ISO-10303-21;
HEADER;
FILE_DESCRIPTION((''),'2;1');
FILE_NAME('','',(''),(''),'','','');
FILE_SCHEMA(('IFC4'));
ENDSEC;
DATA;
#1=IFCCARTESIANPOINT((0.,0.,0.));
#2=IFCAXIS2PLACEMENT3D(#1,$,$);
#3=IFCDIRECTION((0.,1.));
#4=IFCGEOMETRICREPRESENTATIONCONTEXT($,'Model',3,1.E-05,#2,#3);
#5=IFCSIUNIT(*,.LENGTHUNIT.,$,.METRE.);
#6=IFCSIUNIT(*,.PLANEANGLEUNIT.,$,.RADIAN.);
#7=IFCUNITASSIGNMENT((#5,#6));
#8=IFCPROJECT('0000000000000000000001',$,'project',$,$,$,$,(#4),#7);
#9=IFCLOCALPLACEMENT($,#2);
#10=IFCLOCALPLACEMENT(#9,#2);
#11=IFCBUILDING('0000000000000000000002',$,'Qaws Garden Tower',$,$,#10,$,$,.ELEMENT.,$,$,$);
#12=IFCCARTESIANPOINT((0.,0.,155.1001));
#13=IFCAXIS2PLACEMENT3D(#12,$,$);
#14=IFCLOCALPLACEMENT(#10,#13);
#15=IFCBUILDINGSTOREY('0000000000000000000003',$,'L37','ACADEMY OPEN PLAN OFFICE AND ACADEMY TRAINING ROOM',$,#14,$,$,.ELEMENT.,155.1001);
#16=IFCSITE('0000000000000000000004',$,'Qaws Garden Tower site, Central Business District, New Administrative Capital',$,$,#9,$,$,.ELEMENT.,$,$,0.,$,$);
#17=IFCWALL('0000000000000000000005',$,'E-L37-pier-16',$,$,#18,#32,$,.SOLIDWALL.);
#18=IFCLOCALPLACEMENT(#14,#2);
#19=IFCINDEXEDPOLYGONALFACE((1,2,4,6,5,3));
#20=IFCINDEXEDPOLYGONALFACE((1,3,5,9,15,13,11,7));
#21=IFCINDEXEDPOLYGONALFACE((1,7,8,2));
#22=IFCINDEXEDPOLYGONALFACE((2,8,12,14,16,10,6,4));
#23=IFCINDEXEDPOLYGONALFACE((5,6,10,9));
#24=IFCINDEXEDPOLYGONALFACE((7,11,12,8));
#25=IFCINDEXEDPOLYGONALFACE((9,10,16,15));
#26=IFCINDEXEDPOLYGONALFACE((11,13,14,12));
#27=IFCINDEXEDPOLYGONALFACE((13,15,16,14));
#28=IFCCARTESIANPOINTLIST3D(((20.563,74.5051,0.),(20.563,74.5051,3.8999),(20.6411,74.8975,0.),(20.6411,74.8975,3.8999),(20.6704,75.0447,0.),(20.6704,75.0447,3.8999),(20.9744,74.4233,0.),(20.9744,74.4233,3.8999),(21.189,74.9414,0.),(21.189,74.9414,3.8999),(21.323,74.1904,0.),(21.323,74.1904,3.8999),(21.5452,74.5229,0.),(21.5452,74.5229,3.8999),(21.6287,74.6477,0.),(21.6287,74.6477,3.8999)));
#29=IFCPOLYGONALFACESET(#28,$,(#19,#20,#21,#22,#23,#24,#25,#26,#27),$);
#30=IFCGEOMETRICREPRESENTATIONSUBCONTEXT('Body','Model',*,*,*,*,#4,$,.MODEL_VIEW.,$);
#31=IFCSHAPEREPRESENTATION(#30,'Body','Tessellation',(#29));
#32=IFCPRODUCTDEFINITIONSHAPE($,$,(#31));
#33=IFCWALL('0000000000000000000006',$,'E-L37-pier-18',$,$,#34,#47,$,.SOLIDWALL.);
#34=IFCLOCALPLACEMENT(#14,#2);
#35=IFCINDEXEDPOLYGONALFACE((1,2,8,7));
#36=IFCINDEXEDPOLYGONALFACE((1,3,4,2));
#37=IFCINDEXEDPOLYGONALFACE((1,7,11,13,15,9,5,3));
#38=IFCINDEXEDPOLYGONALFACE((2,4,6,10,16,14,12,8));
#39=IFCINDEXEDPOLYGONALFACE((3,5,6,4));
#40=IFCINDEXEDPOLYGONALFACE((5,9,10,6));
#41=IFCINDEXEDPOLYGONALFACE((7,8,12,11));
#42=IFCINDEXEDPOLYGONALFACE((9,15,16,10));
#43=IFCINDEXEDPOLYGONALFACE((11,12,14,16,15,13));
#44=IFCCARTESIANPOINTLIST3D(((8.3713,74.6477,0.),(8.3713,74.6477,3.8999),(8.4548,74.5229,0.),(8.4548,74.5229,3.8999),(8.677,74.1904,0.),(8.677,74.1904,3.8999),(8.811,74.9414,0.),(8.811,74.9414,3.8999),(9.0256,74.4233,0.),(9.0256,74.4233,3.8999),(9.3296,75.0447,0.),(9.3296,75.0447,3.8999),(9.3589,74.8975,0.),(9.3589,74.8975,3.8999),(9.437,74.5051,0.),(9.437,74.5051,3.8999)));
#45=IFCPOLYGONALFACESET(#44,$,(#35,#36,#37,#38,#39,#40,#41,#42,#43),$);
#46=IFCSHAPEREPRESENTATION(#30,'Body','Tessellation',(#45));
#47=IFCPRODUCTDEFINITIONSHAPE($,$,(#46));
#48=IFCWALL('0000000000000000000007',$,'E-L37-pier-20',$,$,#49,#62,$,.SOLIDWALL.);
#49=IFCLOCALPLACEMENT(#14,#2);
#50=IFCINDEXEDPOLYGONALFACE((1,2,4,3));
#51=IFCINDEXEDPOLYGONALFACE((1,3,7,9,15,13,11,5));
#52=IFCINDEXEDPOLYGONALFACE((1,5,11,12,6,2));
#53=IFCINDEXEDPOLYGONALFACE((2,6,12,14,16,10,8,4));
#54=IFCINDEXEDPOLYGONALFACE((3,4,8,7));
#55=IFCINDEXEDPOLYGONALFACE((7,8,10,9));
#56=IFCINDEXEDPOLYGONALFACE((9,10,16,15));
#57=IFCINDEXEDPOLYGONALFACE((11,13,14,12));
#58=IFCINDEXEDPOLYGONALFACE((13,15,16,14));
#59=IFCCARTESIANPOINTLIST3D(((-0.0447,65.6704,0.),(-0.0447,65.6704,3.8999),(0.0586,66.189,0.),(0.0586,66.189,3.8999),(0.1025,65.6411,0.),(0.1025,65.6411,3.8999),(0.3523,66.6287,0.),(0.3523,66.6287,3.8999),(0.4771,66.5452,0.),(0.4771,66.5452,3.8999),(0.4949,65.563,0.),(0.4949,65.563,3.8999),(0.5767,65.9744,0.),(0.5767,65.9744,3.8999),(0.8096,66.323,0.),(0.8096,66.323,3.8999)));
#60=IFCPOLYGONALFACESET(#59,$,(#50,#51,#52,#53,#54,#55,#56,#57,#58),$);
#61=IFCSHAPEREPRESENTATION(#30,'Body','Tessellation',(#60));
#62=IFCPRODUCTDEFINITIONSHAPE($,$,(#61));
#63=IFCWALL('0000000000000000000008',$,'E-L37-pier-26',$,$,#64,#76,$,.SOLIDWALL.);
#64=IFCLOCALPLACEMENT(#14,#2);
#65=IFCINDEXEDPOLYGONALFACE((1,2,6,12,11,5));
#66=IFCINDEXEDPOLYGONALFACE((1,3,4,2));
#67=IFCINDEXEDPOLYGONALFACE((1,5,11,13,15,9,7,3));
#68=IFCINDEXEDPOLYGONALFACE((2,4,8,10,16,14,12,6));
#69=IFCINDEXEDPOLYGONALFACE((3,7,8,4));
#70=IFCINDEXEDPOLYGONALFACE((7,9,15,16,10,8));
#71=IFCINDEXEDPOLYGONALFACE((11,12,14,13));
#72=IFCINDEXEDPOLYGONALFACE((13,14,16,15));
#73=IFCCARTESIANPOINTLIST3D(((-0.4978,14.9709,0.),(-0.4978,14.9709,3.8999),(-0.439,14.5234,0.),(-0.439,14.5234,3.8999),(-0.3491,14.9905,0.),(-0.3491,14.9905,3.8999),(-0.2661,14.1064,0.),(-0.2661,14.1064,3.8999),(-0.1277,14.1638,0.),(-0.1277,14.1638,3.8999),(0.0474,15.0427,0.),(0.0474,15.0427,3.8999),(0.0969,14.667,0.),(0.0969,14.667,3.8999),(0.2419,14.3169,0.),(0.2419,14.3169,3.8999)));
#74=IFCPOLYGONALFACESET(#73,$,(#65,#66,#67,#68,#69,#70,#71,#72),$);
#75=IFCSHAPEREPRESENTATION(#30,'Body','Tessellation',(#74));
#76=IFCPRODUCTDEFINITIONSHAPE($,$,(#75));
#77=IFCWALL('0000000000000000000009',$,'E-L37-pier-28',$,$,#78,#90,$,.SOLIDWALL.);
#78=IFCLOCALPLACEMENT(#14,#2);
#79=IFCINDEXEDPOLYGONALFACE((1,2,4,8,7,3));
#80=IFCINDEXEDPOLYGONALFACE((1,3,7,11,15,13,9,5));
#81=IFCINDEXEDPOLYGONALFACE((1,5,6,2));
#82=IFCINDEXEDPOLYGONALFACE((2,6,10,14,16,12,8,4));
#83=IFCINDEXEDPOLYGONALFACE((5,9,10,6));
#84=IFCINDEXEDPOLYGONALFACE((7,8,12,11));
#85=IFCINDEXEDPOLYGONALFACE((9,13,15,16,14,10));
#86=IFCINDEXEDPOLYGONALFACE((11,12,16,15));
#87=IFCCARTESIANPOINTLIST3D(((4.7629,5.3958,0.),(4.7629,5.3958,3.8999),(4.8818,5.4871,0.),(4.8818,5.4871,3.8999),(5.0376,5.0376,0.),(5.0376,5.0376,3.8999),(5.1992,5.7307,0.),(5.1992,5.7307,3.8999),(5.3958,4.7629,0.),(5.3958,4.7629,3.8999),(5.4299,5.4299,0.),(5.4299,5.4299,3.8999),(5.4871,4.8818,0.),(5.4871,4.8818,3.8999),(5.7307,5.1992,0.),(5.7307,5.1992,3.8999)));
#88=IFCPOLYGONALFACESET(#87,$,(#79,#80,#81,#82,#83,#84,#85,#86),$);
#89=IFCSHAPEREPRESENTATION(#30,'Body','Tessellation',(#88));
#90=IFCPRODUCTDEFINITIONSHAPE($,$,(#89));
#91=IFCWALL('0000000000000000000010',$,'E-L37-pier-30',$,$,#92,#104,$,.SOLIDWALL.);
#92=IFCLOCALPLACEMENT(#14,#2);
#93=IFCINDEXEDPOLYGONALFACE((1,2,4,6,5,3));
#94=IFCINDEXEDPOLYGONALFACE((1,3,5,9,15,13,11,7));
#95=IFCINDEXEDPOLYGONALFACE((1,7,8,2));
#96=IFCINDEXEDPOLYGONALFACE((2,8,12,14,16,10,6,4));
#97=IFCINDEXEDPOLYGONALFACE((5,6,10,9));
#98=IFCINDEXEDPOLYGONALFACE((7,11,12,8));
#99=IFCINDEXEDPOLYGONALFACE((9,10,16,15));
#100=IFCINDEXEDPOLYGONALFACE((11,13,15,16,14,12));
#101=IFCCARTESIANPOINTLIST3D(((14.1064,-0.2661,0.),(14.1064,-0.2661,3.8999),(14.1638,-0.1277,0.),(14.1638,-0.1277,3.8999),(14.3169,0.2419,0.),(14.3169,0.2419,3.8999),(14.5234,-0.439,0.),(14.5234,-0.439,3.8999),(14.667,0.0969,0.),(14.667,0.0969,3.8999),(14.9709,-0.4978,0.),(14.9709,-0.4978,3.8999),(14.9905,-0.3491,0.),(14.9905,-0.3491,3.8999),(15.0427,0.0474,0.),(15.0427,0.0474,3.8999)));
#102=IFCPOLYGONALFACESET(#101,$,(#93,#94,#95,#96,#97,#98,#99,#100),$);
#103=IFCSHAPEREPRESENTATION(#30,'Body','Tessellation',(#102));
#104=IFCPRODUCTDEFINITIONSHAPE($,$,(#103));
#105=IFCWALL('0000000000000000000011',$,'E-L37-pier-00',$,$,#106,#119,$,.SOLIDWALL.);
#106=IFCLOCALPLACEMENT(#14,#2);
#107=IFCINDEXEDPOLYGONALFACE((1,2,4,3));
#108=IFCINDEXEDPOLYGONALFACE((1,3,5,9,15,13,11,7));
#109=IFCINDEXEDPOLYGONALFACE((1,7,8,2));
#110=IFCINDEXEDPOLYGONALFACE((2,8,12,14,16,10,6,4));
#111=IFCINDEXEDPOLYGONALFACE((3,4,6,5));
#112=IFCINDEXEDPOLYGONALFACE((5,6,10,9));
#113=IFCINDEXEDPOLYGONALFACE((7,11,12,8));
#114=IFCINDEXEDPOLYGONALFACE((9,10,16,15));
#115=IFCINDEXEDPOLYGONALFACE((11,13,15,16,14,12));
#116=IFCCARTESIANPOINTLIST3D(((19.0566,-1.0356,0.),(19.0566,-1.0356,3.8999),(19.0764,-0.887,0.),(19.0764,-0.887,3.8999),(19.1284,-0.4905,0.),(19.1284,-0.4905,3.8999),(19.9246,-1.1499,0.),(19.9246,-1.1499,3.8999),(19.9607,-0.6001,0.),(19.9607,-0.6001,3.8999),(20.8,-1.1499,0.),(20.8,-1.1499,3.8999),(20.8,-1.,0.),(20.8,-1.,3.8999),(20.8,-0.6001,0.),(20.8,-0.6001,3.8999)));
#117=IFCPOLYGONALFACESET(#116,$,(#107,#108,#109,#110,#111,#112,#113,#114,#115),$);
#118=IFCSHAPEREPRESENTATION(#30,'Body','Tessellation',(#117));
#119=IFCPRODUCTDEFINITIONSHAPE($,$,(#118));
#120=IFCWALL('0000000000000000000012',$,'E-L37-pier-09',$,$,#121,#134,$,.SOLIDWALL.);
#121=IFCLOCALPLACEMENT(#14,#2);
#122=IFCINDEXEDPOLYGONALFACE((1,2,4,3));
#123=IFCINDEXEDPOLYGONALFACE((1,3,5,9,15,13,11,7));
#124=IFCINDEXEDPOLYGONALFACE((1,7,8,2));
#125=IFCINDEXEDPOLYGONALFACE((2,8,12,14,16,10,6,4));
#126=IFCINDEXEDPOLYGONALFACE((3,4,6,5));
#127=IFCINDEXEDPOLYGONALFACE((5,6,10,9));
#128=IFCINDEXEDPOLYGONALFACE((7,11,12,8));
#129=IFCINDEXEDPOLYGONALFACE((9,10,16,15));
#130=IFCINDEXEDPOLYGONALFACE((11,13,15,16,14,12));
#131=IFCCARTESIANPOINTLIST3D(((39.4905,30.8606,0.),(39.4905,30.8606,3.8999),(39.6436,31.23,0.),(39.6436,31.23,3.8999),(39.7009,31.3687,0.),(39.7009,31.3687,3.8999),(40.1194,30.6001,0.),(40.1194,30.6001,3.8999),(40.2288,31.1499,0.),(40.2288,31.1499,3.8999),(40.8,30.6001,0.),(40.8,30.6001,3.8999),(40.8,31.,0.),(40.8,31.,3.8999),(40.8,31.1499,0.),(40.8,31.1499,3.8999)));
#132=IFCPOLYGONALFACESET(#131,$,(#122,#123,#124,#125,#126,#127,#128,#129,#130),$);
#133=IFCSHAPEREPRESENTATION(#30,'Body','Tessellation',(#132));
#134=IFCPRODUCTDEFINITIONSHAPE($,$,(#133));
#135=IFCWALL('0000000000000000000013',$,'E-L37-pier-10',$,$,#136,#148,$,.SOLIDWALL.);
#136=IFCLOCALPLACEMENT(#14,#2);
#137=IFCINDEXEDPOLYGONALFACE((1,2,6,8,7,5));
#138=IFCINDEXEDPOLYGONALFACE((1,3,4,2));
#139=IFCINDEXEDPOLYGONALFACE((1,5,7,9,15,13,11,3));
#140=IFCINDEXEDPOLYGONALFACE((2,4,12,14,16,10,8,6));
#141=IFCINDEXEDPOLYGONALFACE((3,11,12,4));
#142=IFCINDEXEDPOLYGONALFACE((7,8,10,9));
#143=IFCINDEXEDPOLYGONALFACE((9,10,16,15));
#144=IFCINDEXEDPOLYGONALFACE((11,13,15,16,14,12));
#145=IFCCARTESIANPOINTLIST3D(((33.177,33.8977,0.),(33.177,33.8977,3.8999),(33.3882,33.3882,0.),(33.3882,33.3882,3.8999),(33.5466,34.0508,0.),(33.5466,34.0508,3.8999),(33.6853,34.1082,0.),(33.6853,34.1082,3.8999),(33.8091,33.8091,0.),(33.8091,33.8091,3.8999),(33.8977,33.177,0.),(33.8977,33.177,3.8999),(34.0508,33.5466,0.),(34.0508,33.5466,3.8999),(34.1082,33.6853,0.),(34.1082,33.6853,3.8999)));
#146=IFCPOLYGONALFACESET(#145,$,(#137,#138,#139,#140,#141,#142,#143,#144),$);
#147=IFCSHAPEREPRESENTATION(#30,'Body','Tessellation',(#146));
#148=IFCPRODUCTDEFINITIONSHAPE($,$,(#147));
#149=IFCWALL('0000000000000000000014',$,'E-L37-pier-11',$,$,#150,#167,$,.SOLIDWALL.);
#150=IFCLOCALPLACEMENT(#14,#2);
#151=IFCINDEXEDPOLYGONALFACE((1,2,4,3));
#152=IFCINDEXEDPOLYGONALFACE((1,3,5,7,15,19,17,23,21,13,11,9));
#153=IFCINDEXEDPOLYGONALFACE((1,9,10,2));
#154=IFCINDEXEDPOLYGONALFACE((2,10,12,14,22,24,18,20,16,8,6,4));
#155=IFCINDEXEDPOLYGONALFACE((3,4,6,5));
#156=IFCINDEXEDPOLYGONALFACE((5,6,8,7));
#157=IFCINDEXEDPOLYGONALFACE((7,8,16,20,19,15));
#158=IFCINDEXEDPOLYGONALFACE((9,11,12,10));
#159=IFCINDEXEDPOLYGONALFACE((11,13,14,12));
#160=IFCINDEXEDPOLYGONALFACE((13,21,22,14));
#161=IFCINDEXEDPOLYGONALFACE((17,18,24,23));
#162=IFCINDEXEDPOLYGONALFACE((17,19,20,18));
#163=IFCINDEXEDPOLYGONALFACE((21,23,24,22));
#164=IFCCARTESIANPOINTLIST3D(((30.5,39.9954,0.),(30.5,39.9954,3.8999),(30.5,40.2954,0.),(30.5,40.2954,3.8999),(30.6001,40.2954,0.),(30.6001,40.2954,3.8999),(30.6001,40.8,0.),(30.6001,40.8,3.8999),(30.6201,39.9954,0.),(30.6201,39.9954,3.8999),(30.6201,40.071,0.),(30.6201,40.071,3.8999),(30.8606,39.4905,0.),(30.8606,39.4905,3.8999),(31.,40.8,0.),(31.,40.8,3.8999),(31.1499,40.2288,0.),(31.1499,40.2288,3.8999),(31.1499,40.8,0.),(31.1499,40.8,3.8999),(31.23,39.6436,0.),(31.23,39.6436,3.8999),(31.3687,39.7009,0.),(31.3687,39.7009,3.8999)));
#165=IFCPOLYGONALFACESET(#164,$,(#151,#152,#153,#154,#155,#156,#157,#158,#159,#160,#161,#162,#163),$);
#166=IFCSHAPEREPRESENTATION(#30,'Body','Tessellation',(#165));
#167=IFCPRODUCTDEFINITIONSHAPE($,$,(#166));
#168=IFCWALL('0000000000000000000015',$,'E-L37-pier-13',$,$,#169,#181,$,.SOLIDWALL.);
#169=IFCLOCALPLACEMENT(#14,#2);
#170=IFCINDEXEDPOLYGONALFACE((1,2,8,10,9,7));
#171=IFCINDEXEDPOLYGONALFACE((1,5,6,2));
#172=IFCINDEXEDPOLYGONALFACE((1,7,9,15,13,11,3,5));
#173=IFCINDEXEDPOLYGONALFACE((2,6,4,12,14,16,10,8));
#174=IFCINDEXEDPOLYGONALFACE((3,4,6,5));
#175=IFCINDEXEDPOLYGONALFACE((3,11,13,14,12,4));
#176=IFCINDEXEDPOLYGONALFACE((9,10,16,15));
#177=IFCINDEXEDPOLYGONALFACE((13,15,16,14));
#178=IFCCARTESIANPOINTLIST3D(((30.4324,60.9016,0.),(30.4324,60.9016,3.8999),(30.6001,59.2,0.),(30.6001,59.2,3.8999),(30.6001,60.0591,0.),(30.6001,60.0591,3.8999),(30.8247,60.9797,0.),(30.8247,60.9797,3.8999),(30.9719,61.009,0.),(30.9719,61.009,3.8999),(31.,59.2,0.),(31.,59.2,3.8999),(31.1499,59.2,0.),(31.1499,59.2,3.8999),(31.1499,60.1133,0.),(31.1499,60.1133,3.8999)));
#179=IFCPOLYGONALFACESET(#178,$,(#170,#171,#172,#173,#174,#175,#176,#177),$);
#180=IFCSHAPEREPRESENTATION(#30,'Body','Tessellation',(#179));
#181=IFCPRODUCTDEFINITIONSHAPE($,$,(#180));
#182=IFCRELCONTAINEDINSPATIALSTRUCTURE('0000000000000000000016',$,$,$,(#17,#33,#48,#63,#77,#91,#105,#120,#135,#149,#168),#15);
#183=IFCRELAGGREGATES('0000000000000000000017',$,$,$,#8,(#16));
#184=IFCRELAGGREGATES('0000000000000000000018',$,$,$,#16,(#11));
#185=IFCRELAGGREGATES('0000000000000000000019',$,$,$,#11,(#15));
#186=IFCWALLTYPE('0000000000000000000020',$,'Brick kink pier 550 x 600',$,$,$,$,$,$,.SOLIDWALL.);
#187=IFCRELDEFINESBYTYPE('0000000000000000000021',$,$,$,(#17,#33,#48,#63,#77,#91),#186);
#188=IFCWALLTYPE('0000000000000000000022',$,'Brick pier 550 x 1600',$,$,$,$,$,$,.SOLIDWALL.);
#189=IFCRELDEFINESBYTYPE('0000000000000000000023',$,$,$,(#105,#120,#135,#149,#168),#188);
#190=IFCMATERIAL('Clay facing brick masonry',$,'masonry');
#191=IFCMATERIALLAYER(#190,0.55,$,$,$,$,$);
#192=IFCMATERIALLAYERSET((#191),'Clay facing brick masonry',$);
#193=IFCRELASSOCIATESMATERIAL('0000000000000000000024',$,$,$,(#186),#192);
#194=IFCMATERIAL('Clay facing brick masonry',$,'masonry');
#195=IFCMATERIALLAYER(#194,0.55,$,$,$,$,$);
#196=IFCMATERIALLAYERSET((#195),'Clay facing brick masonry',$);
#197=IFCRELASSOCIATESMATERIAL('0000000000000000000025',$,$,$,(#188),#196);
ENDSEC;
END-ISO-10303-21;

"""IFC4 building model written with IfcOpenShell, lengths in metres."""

from ifc_helpers import new_model, si_unit, direction, frame, origin, place, context, subcontext, project, spatial, polyline, outline, extrude, material, layer, layer_set, type_object, element, save


model = new_model("IFC4")

# Units and contexts
model_context = context("Model", 3, precision=1e-05, world=origin(), true_north=direction((0.0, 1.0)))
body_context = subcontext(model_context, "Body", "Model", "MODEL_VIEW")
ifc_project = project(units=[si_unit("LENGTHUNIT", "METRE"), si_unit("PLANEANGLEUNIT", "RADIAN")], contexts=[model_context])

# Site, building, storey
site_placement = place(None, origin())
site = spatial("IfcSite", under=ifc_project, at=site_placement, Name="Qaws Garden Tower site, Central Business District, New Administrative Capital", CompositionType="ELEMENT", RefElevation=0.0)
building_placement = place(site_placement, origin())
building = spatial("IfcBuilding", under=site, at=building_placement, Name="Qaws Garden Tower", CompositionType="ELEMENT")
storey_placement = place(building_placement, frame((0.0, 0.0, 155.1001)))
storey = spatial("IfcBuildingStorey", under=building, at=storey_placement, Name="L37", Description="ACADEMY OPEN PLAN OFFICE AND ACADEMY TRAINING ROOM", CompositionType="ELEMENT", Elevation=155.1001)

# Walls
placement = place(storey_placement, origin())
ifc_material_1 = material(Name="Clay facing brick masonry", Category="masonry")
ifc_layer_1 = layer(ifc_material_1, 0.55)
ifc_layer_set_1 = layer_set([ifc_layer_1], Name="Clay facing brick masonry")
wall_type_1 = type_object("IfcWallType", Name="Brick kink pier 550 x 600", PredefinedType="SOLIDWALL", material=ifc_layer_set_1)
element("IfcWall", 1, at=placement, inside=storey, type_object=wall_type_1, Name="E-L37-pier-16", PredefinedType="SOLIDWALL", context=body_context, shape_type="SweptSolid", body=[
    extrude(outline(polyline([(21.5452, 74.5229), (21.6287, 74.6477), (21.189, 74.9414), (20.6704, 75.0447), (20.6411, 74.8975), (20.563, 74.5051), (20.9744, 74.4233), (21.323, 74.1904), (21.5452, 74.5229)])), origin(), (0.0, 0.0, 1.0), 3.8999),
])
element("IfcWall", 2, at=placement, inside=storey, type_object=wall_type_1, Name="E-L37-pier-18", PredefinedType="SOLIDWALL", context=body_context, shape_type="SweptSolid", body=[
    extrude(outline(polyline([(9.3589, 74.8975), (9.3296, 75.0447), (8.811, 74.9414), (8.3713, 74.6477), (8.4548, 74.5229), (8.677, 74.1904), (9.0256, 74.4233), (9.437, 74.5051), (9.3589, 74.8975)])), origin(), (0.0, 0.0, 1.0), 3.8999),
])
element("IfcWall", 3, at=placement, inside=storey, type_object=wall_type_1, Name="E-L37-pier-20", PredefinedType="SOLIDWALL", context=body_context, shape_type="SweptSolid", body=[
    extrude(outline(polyline([(0.4771, 66.5452), (0.3523, 66.6287), (0.0586, 66.189), (-0.0447, 65.6704), (0.1025, 65.6411), (0.4949, 65.563), (0.5767, 65.9744), (0.8096, 66.323), (0.4771, 66.5452)])), origin(), (0.0, 0.0, 1.0), 3.8999),
])
element("IfcWall", 4, at=placement, inside=storey, type_object=wall_type_1, Name="E-L37-pier-26", PredefinedType="SOLIDWALL", context=body_context, shape_type="SweptSolid", body=[
    extrude(outline(polyline([(-0.3491, 14.9905), (-0.4978, 14.9709), (-0.439, 14.5234), (-0.2661, 14.1064), (-0.1277, 14.1638), (0.2419, 14.3169), (0.0969, 14.667), (0.0474, 15.0427), (-0.3491, 14.9905)])), origin(), (0.0, 0.0, 1.0), 3.8999),
])
element("IfcWall", 5, at=placement, inside=storey, type_object=wall_type_1, Name="E-L37-pier-28", PredefinedType="SOLIDWALL", context=body_context, shape_type="SweptSolid", body=[
    extrude(outline(polyline([(4.8818, 5.4871), (4.7629, 5.3958), (5.0376, 5.0376), (5.3958, 4.7629), (5.4871, 4.8818), (5.7307, 5.1992), (5.4299, 5.4299), (5.1992, 5.7307), (4.8818, 5.4871)])), origin(), (0.0, 0.0, 1.0), 3.8999),
])
element("IfcWall", 6, at=placement, inside=storey, type_object=wall_type_1, Name="E-L37-pier-30", PredefinedType="SOLIDWALL", context=body_context, shape_type="SweptSolid", body=[
    extrude(outline(polyline([(14.1638, -0.1277), (14.1064, -0.2661), (14.5234, -0.439), (14.9709, -0.4978), (14.9905, -0.3491), (15.0427, 0.0474), (14.667, 0.0969), (14.3169, 0.2419), (14.1638, -0.1277)])), origin(), (0.0, 0.0, 1.0), 3.8999),
])
ifc_material_2 = material(Name="Clay facing brick masonry", Category="masonry")
ifc_layer_2 = layer(ifc_material_2, 0.55)
ifc_layer_set_2 = layer_set([ifc_layer_2], Name="Clay facing brick masonry")
wall_type_2 = type_object("IfcWallType", Name="Brick pier 550 x 1600", PredefinedType="SOLIDWALL", material=ifc_layer_set_2)
element("IfcWall", 7, at=placement, inside=storey, type_object=wall_type_2, Name="E-L37-pier-00", PredefinedType="SOLIDWALL", context=body_context, shape_type="SweptSolid", body=[
    extrude(outline(polyline([(19.0764, -0.887), (19.0566, -1.0356), (19.9246, -1.1499), (20.8, -1.1499), (20.8, -1.0), (20.8, -0.6001), (19.9607, -0.6001), (19.1284, -0.4905), (19.0764, -0.887)])), origin(), (0.0, 0.0, 1.0), 3.8999),
])
element("IfcWall", 8, at=placement, inside=storey, type_object=wall_type_2, Name="E-L37-pier-09", PredefinedType="SOLIDWALL", context=body_context, shape_type="SweptSolid", body=[
    extrude(outline(polyline([(40.8, 31.0), (40.8, 31.1499), (40.2288, 31.1499), (39.7009, 31.3687), (39.6436, 31.23), (39.4905, 30.8606), (40.1194, 30.6001), (40.8, 30.6001), (40.8, 31.0)])), origin(), (0.0, 0.0, 1.0), 3.8999),
])
element("IfcWall", 9, at=placement, inside=storey, type_object=wall_type_2, Name="E-L37-pier-10", PredefinedType="SOLIDWALL", context=body_context, shape_type="SweptSolid", body=[
    extrude(outline(polyline([(34.0508, 33.5466), (34.1082, 33.6853), (33.8091, 33.8091), (33.6853, 34.1082), (33.5466, 34.0508), (33.177, 33.8977), (33.3882, 33.3882), (33.8977, 33.177), (34.0508, 33.5466)])), origin(), (0.0, 0.0, 1.0), 3.8999),
])
element("IfcWall", 10, at=placement, inside=storey, type_object=wall_type_2, Name="E-L37-pier-11", PredefinedType="SOLIDWALL", context=body_context, shape_type="SweptSolid", body=[
    extrude(outline(polyline([(30.6201, 39.9954), (30.6201, 40.071), (30.8606, 39.4905), (31.23, 39.6436), (31.3687, 39.7009), (31.1499, 40.2288), (31.1499, 40.8), (31.0, 40.8), (30.6001, 40.8), (30.6001, 40.2954), (30.5, 40.2954), (30.5, 39.9954), (30.6201, 39.9954)])), origin(), (0.0, 0.0, 1.0), 3.8999),
])
element("IfcWall", 11, at=placement, inside=storey, type_object=wall_type_2, Name="E-L37-pier-13", PredefinedType="SOLIDWALL", context=body_context, shape_type="SweptSolid", body=[
    extrude(outline(polyline([(31.0, 59.2), (31.1499, 59.2), (31.1499, 60.1133), (30.9719, 61.009), (30.8247, 60.9797), (30.4324, 60.9016), (30.6001, 60.0591), (30.6001, 59.2), (31.0, 59.2)])), origin(), (0.0, 0.0, 1.0), 3.8999),
])

save(model, "model.ifc")
